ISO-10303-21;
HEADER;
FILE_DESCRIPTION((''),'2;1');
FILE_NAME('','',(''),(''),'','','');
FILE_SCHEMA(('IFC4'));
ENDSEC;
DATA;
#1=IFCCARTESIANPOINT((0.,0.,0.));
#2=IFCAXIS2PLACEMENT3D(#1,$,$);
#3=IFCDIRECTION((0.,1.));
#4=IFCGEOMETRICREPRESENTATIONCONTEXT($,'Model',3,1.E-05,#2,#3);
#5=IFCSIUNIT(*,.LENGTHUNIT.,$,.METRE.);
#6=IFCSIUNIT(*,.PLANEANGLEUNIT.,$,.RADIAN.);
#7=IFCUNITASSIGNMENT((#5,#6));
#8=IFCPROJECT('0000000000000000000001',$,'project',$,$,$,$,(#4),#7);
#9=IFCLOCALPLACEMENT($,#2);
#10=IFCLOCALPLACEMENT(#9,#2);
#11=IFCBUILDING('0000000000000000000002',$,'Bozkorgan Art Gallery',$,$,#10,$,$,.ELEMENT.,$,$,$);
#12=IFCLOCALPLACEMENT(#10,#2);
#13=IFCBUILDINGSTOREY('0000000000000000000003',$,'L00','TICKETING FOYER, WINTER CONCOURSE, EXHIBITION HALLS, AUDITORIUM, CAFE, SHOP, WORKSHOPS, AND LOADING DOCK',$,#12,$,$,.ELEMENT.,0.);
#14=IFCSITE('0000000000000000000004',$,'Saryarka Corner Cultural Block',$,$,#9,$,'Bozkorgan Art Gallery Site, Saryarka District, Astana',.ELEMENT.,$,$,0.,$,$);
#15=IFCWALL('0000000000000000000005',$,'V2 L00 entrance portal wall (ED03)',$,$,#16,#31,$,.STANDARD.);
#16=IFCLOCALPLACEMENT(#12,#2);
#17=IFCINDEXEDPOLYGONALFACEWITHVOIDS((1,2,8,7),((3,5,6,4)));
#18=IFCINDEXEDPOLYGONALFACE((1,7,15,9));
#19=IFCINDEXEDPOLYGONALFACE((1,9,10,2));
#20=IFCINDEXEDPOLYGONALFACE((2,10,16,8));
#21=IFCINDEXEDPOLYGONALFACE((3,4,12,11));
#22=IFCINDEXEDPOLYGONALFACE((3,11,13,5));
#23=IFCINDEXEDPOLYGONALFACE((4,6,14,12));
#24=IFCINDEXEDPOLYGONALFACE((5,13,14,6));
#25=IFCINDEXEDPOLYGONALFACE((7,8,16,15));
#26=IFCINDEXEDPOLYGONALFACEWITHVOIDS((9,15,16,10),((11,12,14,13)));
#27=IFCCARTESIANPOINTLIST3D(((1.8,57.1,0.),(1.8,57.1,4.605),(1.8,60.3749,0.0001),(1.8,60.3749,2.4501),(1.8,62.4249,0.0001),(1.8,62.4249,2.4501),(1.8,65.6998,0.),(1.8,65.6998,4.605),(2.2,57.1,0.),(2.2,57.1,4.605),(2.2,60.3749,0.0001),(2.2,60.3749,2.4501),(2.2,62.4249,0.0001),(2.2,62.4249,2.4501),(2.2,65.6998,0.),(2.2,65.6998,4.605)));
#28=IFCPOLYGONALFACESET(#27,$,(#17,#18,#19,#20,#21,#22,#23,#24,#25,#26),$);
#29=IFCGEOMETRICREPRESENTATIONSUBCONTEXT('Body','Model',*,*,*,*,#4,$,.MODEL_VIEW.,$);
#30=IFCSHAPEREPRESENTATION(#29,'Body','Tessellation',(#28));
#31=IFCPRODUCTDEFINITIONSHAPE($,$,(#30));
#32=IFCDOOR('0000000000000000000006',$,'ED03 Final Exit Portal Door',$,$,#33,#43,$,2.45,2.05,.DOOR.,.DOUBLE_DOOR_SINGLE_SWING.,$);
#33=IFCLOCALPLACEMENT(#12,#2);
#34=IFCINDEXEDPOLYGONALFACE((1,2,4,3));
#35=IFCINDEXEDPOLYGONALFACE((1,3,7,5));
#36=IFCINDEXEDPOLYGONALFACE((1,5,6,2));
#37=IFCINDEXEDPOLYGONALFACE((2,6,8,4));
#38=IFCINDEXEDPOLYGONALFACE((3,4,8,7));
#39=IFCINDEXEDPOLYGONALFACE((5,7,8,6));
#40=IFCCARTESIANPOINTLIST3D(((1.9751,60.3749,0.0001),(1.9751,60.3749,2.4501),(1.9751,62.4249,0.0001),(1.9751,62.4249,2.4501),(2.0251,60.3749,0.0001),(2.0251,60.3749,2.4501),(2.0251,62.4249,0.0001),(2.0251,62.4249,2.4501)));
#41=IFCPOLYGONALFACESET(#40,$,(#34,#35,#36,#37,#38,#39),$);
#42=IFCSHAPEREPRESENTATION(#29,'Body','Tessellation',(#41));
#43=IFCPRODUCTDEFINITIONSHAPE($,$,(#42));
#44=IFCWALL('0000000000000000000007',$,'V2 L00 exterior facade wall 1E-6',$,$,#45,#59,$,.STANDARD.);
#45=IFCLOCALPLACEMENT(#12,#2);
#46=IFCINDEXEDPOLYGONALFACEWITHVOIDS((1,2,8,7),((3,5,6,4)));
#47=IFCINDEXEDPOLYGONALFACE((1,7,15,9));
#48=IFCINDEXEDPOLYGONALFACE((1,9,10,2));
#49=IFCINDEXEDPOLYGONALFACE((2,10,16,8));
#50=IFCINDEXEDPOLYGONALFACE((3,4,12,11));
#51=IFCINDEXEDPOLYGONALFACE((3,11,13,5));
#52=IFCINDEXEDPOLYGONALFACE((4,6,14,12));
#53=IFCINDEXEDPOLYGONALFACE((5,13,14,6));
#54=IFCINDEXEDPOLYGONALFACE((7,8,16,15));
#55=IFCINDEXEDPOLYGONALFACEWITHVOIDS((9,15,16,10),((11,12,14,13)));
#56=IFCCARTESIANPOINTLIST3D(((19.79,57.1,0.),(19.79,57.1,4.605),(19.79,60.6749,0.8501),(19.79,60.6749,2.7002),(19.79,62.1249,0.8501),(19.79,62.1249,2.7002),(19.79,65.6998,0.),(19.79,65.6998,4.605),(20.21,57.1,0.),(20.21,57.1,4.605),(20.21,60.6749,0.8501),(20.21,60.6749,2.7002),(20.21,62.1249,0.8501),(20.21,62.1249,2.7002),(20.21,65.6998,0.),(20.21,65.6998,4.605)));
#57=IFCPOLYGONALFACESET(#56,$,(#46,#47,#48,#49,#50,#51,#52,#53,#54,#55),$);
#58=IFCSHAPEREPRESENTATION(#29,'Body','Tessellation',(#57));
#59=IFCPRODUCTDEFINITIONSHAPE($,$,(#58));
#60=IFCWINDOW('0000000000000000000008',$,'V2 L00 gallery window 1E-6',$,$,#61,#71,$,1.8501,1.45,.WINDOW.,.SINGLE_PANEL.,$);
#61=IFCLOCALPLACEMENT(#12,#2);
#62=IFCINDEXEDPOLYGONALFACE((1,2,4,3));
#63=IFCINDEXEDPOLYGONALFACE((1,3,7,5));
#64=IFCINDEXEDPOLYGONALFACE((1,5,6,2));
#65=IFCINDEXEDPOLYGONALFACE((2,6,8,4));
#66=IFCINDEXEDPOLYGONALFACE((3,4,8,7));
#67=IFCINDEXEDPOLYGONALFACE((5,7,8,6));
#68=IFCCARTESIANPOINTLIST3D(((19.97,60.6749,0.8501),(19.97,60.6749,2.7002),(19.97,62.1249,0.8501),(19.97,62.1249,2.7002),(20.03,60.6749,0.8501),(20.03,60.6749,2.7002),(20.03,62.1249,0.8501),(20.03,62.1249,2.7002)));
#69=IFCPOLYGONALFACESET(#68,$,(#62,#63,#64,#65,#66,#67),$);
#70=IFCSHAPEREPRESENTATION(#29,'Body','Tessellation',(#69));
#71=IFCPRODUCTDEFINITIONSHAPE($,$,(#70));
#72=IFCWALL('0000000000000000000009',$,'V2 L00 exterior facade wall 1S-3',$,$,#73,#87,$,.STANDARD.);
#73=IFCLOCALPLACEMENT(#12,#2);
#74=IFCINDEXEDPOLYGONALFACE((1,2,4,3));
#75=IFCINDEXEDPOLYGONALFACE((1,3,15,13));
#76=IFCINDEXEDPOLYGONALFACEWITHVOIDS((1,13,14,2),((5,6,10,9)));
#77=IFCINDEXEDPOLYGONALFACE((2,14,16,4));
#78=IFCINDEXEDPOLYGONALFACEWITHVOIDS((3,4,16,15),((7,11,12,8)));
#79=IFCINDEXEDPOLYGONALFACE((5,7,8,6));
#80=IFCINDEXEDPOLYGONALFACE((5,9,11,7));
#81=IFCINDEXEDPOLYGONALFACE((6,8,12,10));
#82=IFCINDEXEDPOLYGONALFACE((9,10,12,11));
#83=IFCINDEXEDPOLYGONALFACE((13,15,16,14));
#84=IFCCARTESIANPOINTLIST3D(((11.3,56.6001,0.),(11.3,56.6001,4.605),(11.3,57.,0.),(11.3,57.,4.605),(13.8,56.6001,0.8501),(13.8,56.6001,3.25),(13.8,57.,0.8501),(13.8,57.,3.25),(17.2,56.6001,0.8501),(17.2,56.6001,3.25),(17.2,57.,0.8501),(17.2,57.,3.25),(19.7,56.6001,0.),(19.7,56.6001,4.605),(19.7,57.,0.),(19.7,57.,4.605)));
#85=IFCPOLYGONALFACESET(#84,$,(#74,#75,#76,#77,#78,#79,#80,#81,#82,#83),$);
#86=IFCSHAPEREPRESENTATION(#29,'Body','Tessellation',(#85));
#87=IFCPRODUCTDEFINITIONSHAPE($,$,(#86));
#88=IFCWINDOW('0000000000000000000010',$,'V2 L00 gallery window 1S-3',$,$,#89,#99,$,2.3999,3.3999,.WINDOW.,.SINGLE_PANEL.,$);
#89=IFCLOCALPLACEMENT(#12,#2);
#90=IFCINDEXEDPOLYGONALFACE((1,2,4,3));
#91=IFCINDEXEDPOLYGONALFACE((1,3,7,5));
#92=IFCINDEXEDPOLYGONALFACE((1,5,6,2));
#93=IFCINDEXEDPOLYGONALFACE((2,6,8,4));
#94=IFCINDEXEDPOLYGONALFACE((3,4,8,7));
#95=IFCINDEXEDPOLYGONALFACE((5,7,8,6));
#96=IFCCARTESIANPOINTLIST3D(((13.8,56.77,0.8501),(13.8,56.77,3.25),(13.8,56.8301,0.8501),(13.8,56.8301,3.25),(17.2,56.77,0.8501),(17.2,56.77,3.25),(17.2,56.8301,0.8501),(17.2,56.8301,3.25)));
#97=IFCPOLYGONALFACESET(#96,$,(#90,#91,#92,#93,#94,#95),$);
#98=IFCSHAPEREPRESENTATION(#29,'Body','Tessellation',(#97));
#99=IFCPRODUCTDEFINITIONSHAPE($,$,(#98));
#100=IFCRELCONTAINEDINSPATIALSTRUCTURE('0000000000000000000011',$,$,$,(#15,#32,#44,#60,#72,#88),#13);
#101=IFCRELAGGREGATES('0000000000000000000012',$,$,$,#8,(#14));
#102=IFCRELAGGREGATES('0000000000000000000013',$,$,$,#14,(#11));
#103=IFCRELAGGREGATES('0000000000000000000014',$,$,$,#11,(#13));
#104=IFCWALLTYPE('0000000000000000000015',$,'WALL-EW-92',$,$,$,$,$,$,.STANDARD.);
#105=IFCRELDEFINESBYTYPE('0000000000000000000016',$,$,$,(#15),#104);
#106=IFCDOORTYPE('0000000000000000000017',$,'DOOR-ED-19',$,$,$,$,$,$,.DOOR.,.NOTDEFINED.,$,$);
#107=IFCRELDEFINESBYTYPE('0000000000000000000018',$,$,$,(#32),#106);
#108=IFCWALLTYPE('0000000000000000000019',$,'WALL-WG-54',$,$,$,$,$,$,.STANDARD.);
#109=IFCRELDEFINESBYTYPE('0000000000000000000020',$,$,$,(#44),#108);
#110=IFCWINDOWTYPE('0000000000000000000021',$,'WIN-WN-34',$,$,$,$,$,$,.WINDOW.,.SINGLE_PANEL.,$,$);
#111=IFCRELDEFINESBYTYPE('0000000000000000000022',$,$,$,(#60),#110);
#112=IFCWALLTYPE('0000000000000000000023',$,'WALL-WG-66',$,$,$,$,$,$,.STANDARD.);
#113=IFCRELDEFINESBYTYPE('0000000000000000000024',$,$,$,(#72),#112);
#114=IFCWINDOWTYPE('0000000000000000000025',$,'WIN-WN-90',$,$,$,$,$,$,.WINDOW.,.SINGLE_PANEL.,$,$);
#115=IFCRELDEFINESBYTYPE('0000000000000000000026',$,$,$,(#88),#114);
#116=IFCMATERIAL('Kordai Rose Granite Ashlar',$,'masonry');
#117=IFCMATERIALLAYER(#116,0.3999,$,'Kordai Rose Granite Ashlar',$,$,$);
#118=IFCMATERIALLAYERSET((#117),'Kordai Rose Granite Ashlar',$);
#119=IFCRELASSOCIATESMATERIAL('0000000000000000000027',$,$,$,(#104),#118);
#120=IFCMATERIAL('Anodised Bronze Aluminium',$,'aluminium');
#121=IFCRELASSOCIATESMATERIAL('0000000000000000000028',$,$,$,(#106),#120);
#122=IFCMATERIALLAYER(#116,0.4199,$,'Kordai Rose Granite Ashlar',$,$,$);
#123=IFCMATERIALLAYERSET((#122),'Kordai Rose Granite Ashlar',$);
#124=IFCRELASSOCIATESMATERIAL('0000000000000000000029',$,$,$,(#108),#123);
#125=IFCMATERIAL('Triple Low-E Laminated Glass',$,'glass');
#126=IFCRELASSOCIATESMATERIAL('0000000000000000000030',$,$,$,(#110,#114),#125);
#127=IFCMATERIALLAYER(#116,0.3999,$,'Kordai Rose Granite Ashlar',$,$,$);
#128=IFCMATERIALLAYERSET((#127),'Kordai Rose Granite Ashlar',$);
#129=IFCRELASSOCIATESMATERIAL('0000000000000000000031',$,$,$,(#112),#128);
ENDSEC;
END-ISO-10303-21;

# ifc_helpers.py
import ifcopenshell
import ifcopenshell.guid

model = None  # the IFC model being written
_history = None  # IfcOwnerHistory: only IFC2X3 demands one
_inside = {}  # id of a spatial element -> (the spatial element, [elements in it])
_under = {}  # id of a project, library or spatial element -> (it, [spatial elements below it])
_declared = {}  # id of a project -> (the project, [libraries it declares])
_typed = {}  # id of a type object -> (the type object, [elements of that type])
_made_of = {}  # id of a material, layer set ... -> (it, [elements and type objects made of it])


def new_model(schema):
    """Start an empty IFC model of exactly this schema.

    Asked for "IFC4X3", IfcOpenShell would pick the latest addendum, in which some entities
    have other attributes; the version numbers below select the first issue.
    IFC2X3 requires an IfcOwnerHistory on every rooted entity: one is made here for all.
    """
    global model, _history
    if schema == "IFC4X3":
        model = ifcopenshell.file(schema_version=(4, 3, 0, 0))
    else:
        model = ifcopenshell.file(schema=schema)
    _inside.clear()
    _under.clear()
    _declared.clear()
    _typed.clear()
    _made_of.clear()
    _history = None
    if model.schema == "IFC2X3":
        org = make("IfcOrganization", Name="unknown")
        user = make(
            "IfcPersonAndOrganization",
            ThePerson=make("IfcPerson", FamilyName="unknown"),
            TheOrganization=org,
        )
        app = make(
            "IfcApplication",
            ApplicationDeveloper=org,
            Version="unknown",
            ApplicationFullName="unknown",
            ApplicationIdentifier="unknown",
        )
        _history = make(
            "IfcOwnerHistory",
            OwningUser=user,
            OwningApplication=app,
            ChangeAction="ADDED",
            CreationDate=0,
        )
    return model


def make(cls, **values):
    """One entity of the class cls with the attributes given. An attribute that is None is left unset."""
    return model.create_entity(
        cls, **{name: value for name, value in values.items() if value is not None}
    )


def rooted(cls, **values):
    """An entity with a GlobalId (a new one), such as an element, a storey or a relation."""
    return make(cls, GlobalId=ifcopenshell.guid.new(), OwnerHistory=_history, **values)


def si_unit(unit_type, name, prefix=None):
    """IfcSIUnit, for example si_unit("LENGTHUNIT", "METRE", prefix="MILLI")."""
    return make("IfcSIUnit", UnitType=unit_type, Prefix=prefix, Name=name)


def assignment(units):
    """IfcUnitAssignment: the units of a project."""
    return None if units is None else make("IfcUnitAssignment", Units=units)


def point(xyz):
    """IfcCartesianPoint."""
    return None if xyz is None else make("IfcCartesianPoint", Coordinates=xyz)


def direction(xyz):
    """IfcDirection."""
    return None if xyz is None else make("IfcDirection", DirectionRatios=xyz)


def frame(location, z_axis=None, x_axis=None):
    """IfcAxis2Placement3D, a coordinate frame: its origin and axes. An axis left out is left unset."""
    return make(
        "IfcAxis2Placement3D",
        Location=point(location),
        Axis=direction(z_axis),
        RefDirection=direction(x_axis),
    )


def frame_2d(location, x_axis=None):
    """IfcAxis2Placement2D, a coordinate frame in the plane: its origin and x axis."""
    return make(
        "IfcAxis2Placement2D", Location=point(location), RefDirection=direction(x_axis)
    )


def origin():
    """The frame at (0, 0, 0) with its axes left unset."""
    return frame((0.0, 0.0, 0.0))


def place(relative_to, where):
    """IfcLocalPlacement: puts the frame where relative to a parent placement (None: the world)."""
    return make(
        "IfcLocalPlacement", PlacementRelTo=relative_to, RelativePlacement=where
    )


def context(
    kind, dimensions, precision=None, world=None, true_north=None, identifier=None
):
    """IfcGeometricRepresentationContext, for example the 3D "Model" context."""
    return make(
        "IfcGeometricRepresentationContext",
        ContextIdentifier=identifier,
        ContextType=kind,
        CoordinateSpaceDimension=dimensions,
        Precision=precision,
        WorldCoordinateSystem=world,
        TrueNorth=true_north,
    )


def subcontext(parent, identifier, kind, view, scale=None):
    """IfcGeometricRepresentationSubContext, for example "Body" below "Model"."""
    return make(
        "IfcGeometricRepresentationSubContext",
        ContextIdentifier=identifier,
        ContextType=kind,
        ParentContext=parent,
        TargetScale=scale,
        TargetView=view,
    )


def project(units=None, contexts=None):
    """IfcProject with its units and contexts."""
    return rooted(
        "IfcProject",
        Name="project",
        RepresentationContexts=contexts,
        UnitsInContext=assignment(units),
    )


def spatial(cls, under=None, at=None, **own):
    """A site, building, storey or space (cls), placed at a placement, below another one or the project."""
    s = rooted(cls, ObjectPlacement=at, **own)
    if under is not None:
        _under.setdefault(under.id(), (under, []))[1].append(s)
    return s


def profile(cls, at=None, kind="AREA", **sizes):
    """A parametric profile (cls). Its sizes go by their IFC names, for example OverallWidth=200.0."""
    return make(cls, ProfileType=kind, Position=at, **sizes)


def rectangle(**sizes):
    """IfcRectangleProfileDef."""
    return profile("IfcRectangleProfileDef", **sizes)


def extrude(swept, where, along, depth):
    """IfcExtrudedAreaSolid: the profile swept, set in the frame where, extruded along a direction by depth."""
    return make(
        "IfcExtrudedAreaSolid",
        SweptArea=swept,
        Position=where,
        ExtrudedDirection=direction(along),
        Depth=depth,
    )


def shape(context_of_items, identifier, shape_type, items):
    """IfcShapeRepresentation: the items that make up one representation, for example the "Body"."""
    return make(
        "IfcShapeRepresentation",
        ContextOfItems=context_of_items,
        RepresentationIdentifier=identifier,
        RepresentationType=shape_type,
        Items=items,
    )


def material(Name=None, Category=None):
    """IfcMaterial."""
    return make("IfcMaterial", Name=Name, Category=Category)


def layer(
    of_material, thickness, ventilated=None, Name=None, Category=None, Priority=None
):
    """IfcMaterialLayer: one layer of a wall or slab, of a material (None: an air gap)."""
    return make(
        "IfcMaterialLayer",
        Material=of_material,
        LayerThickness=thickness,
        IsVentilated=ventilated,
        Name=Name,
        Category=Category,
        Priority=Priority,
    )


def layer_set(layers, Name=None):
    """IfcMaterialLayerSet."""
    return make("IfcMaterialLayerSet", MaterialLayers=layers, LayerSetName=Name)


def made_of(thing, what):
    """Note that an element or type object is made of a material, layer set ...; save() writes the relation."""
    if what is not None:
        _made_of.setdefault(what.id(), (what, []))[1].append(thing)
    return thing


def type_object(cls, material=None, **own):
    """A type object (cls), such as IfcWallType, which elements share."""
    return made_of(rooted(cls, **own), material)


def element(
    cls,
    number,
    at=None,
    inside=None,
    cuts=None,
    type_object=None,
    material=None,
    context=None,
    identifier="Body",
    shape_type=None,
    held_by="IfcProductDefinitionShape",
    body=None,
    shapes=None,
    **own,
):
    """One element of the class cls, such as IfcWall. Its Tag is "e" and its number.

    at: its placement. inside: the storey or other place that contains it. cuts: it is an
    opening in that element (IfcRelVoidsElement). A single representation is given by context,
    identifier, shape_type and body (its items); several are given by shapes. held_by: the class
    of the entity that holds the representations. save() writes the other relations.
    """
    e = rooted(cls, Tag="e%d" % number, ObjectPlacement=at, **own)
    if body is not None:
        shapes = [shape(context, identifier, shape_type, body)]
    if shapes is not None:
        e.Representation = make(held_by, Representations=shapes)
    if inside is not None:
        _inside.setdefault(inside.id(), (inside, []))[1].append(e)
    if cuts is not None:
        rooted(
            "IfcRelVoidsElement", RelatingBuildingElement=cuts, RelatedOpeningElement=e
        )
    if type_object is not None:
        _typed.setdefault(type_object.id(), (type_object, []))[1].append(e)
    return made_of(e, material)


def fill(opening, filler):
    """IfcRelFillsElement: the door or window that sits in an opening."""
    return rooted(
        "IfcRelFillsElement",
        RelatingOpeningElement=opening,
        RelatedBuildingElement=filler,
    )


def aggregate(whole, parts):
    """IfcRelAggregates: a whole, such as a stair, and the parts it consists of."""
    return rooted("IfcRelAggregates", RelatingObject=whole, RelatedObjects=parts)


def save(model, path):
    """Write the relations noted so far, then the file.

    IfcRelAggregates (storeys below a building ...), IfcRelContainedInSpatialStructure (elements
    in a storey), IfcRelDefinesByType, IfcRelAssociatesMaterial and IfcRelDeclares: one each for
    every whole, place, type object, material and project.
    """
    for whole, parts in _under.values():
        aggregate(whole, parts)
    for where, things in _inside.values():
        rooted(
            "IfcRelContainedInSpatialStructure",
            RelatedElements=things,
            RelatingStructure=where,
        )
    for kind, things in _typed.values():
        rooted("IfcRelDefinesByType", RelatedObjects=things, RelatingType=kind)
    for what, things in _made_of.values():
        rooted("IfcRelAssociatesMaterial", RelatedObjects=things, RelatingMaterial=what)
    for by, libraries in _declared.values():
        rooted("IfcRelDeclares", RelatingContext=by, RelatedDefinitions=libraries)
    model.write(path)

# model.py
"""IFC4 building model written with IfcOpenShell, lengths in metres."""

from ifc_helpers import new_model, si_unit, direction, frame, frame_2d, origin, place, context, subcontext, project, spatial, rectangle, extrude, material, layer, layer_set, type_object, element, fill, save


model = new_model("IFC4")

# Units and contexts
model_context = context("Model", 3, precision=1e-05, world=origin(), true_north=direction((0.0, 1.0)))
body_context = subcontext(model_context, "Body", "Model", "MODEL_VIEW")
ifc_project = project(units=[si_unit("LENGTHUNIT", "METRE"), si_unit("PLANEANGLEUNIT", "RADIAN")], contexts=[model_context])

# Site, building, storey
site_placement = place(None, origin())
site = spatial("IfcSite", under=ifc_project, at=site_placement, Name="Saryarka Corner Cultural Block", LongName="Bozkorgan Art Gallery Site, Saryarka District, Astana", CompositionType="ELEMENT", RefElevation=0.0)
building_placement = place(site_placement, origin())
building = spatial("IfcBuilding", under=site, at=building_placement, Name="Bozkorgan Art Gallery", CompositionType="ELEMENT")
storey_placement = place(building_placement, origin())
storey = spatial("IfcBuildingStorey", under=building, at=storey_placement, Name="L00", Description="TICKETING FOYER, WINTER CONCOURSE, EXHIBITION HALLS, AUDITORIUM, CAFE, SHOP, WORKSHOPS, AND LOADING DOCK", CompositionType="ELEMENT", Elevation=0.0)

# Wall, opening, door
ifc_material_1 = material(Name="Kordai Rose Granite Ashlar", Category="masonry")
ifc_layer_1 = layer(ifc_material_1, 0.3999, Name="Kordai Rose Granite Ashlar")
ifc_layer_set_1 = layer_set([ifc_layer_1], Name="Kordai Rose Granite Ashlar")
wall_type_1 = type_object("IfcWallType", Name="WALL-EW-92", PredefinedType="STANDARD", material=ifc_layer_set_1)
wall_1_placement = place(storey_placement, frame((2.0, 57.1001, 0.0), z_axis=(0.0, 0.0, 1.0), x_axis=(0.0, 1.0, 0.0)))
wall_1 = element("IfcWall", 1, at=wall_1_placement, inside=storey, type_object=wall_type_1, Name="V2 L00 entrance portal wall (ED03)", PredefinedType="STANDARD", context=body_context, shape_type="SweptSolid", body=[
    extrude(rectangle(XDim=8.5999, YDim=0.3999, at=frame_2d((4.2998, 0.0))), origin(), (0.0, 0.0, 1.0), 4.605),
])
opening_1_placement = place(wall_1_placement, frame((3.2749, 0.0, 0.0)))
opening_1 = element("IfcOpeningElement", 2, at=opening_1_placement, cuts=wall_1, PredefinedType="OPENING", context=body_context, shape_type="SweptSolid", body=[
    extrude(rectangle(XDim=2.05, YDim=2.45, at=frame_2d((1.0249, 1.2251))), frame((0.0, 0.21, 0.0), z_axis=(0.0, -1.0, 0.0), x_axis=(1.0, 0.0, 0.0)), (0.0, 0.0, 1.0), 0.4199),
])
ifc_material_2 = material(Name="Anodised Bronze Aluminium", Category="aluminium")
door_type_1 = type_object("IfcDoorType", Name="DOOR-ED-19", OperationType="NOTDEFINED", PredefinedType="DOOR", material=ifc_material_2)
door_1_placement = place(opening_1_placement, origin())
door_1 = element("IfcDoor", 3, at=door_1_placement, inside=storey, type_object=door_type_1, Name="ED03 Final Exit Portal Door", OperationType="DOUBLE_DOOR_SINGLE_SWING", OverallHeight=2.45, OverallWidth=2.05, PredefinedType="DOOR", context=body_context, shape_type="SweptSolid", body=[
    extrude(rectangle(XDim=2.05, YDim=2.45, at=frame_2d((1.0249, 1.2251))), frame((0.0, 0.0249, 0.0), z_axis=(0.0, -1.0, 0.0), x_axis=(1.0, 0.0, 0.0)), (0.0, 0.0, 1.0), 0.05),
])
fill(opening_1, door_1)

# Walls, openings, windows
ifc_layer_2 = layer(ifc_material_1, 0.4199, Name="Kordai Rose Granite Ashlar")
ifc_layer_set_2 = layer_set([ifc_layer_2], Name="Kordai Rose Granite Ashlar")
wall_type_2 = type_object("IfcWallType", Name="WALL-WG-54", PredefinedType="STANDARD", material=ifc_layer_set_2)
wall_2_placement = place(storey_placement, frame((20.0, 57.1001, 0.0), z_axis=(0.0, 0.0, 1.0), x_axis=(0.0, 1.0, 0.0)))
wall_2 = element("IfcWall", 4, at=wall_2_placement, inside=storey, type_object=wall_type_2, Name="V2 L00 exterior facade wall 1E-6", PredefinedType="STANDARD", context=body_context, shape_type="SweptSolid", body=[
    extrude(rectangle(XDim=8.5999, YDim=0.4199, at=frame_2d((4.2998, 0.0))), origin(), (0.0, 0.0, 1.0), 4.605),
])
opening_2_placement = place(wall_2_placement, frame((5.0249, 0.0, 0.8501), z_axis=(0.0, 0.0, 1.0), x_axis=(-1.0, 0.0, 0.0)))
opening_2 = element("IfcOpeningElement", 5, at=opening_2_placement, cuts=wall_2, PredefinedType="OPENING", context=body_context, shape_type="SweptSolid", body=[
    extrude(rectangle(XDim=1.45, YDim=1.8501, at=frame_2d((0.7251, 0.925))), frame((0.0, 0.22, 0.0), z_axis=(0.0, -1.0, 0.0), x_axis=(1.0, 0.0, 0.0)), (0.0, 0.0, 1.0), 0.4399),
])
ifc_material_3 = material(Name="Triple Low-E Laminated Glass", Category="glass")
window_type_1 = type_object("IfcWindowType", Name="WIN-WN-34", PartitioningType="SINGLE_PANEL", PredefinedType="WINDOW", material=ifc_material_3)
window_1_placement = place(opening_2_placement, origin())
window_1 = element("IfcWindow", 6, at=window_1_placement, inside=storey, type_object=window_type_1, Name="V2 L00 gallery window 1E-6", OverallHeight=1.8501, OverallWidth=1.45, PartitioningType="SINGLE_PANEL", PredefinedType="WINDOW", context=body_context, shape_type="SweptSolid", body=[
    extrude(rectangle(XDim=1.45, YDim=1.8501, at=frame_2d((0.7251, 0.925))), frame((0.0, 0.03, 0.0), z_axis=(0.0, -1.0, 0.0), x_axis=(1.0, 0.0, 0.0)), (0.0, 0.0, 1.0), 0.0601),
])
fill(opening_2, window_1)
ifc_layer_3 = layer(ifc_material_1, 0.3999, Name="Kordai Rose Granite Ashlar")
ifc_layer_set_3 = layer_set([ifc_layer_3], Name="Kordai Rose Granite Ashlar")
wall_type_3 = type_object("IfcWallType", Name="WALL-WG-66", PredefinedType="STANDARD", material=ifc_layer_set_3)
wall_3_placement = place(storey_placement, frame((11.3, 56.8, 0.0), z_axis=(0.0, 0.0, 1.0), x_axis=(1.0, 0.0, 0.0)))
wall_3 = element("IfcWall", 7, at=wall_3_placement, inside=storey, type_object=wall_type_3, Name="V2 L00 exterior facade wall 1S-3", PredefinedType="STANDARD", context=body_context, shape_type="SweptSolid", body=[
    extrude(rectangle(XDim=8.3999, YDim=0.3999, at=frame_2d((4.2, 0.0))), origin(), (0.0, 0.0, 1.0), 4.605),
])
opening_3_placement = place(wall_3_placement, frame((5.8999, 0.0, 0.8501), z_axis=(0.0, 0.0, 1.0), x_axis=(-1.0, 0.0, 0.0)))
opening_3 = element("IfcOpeningElement", 8, at=opening_3_placement, cuts=wall_3, PredefinedType="OPENING", context=body_context, shape_type="SweptSolid", body=[
    extrude(rectangle(XDim=3.3999, YDim=2.3999, at=frame_2d((1.7, 1.2))), frame((0.0, 0.21, 0.0), z_axis=(0.0, -1.0, 0.0), x_axis=(1.0, 0.0, 0.0)), (0.0, 0.0, 1.0), 0.4199),
])
window_type_2 = type_object("IfcWindowType", Name="WIN-WN-90", PartitioningType="SINGLE_PANEL", PredefinedType="WINDOW", material=ifc_material_3)
window_2_placement = place(opening_3_placement, origin())
window_2 = element("IfcWindow", 9, at=window_2_placement, inside=storey, type_object=window_type_2, Name="V2 L00 gallery window 1S-3", OverallHeight=2.3999, OverallWidth=3.3999, PartitioningType="SINGLE_PANEL", PredefinedType="WINDOW", context=body_context, shape_type="SweptSolid", body=[
    extrude(rectangle(XDim=3.3999, YDim=2.3999, at=frame_2d((1.7, 1.2))), frame((0.0, 0.03, 0.0), z_axis=(0.0, -1.0, 0.0), x_axis=(1.0, 0.0, 0.0)), (0.0, 0.0, 1.0), 0.0601),
])
fill(opening_3, window_2)

save(model, "model.ifc")
